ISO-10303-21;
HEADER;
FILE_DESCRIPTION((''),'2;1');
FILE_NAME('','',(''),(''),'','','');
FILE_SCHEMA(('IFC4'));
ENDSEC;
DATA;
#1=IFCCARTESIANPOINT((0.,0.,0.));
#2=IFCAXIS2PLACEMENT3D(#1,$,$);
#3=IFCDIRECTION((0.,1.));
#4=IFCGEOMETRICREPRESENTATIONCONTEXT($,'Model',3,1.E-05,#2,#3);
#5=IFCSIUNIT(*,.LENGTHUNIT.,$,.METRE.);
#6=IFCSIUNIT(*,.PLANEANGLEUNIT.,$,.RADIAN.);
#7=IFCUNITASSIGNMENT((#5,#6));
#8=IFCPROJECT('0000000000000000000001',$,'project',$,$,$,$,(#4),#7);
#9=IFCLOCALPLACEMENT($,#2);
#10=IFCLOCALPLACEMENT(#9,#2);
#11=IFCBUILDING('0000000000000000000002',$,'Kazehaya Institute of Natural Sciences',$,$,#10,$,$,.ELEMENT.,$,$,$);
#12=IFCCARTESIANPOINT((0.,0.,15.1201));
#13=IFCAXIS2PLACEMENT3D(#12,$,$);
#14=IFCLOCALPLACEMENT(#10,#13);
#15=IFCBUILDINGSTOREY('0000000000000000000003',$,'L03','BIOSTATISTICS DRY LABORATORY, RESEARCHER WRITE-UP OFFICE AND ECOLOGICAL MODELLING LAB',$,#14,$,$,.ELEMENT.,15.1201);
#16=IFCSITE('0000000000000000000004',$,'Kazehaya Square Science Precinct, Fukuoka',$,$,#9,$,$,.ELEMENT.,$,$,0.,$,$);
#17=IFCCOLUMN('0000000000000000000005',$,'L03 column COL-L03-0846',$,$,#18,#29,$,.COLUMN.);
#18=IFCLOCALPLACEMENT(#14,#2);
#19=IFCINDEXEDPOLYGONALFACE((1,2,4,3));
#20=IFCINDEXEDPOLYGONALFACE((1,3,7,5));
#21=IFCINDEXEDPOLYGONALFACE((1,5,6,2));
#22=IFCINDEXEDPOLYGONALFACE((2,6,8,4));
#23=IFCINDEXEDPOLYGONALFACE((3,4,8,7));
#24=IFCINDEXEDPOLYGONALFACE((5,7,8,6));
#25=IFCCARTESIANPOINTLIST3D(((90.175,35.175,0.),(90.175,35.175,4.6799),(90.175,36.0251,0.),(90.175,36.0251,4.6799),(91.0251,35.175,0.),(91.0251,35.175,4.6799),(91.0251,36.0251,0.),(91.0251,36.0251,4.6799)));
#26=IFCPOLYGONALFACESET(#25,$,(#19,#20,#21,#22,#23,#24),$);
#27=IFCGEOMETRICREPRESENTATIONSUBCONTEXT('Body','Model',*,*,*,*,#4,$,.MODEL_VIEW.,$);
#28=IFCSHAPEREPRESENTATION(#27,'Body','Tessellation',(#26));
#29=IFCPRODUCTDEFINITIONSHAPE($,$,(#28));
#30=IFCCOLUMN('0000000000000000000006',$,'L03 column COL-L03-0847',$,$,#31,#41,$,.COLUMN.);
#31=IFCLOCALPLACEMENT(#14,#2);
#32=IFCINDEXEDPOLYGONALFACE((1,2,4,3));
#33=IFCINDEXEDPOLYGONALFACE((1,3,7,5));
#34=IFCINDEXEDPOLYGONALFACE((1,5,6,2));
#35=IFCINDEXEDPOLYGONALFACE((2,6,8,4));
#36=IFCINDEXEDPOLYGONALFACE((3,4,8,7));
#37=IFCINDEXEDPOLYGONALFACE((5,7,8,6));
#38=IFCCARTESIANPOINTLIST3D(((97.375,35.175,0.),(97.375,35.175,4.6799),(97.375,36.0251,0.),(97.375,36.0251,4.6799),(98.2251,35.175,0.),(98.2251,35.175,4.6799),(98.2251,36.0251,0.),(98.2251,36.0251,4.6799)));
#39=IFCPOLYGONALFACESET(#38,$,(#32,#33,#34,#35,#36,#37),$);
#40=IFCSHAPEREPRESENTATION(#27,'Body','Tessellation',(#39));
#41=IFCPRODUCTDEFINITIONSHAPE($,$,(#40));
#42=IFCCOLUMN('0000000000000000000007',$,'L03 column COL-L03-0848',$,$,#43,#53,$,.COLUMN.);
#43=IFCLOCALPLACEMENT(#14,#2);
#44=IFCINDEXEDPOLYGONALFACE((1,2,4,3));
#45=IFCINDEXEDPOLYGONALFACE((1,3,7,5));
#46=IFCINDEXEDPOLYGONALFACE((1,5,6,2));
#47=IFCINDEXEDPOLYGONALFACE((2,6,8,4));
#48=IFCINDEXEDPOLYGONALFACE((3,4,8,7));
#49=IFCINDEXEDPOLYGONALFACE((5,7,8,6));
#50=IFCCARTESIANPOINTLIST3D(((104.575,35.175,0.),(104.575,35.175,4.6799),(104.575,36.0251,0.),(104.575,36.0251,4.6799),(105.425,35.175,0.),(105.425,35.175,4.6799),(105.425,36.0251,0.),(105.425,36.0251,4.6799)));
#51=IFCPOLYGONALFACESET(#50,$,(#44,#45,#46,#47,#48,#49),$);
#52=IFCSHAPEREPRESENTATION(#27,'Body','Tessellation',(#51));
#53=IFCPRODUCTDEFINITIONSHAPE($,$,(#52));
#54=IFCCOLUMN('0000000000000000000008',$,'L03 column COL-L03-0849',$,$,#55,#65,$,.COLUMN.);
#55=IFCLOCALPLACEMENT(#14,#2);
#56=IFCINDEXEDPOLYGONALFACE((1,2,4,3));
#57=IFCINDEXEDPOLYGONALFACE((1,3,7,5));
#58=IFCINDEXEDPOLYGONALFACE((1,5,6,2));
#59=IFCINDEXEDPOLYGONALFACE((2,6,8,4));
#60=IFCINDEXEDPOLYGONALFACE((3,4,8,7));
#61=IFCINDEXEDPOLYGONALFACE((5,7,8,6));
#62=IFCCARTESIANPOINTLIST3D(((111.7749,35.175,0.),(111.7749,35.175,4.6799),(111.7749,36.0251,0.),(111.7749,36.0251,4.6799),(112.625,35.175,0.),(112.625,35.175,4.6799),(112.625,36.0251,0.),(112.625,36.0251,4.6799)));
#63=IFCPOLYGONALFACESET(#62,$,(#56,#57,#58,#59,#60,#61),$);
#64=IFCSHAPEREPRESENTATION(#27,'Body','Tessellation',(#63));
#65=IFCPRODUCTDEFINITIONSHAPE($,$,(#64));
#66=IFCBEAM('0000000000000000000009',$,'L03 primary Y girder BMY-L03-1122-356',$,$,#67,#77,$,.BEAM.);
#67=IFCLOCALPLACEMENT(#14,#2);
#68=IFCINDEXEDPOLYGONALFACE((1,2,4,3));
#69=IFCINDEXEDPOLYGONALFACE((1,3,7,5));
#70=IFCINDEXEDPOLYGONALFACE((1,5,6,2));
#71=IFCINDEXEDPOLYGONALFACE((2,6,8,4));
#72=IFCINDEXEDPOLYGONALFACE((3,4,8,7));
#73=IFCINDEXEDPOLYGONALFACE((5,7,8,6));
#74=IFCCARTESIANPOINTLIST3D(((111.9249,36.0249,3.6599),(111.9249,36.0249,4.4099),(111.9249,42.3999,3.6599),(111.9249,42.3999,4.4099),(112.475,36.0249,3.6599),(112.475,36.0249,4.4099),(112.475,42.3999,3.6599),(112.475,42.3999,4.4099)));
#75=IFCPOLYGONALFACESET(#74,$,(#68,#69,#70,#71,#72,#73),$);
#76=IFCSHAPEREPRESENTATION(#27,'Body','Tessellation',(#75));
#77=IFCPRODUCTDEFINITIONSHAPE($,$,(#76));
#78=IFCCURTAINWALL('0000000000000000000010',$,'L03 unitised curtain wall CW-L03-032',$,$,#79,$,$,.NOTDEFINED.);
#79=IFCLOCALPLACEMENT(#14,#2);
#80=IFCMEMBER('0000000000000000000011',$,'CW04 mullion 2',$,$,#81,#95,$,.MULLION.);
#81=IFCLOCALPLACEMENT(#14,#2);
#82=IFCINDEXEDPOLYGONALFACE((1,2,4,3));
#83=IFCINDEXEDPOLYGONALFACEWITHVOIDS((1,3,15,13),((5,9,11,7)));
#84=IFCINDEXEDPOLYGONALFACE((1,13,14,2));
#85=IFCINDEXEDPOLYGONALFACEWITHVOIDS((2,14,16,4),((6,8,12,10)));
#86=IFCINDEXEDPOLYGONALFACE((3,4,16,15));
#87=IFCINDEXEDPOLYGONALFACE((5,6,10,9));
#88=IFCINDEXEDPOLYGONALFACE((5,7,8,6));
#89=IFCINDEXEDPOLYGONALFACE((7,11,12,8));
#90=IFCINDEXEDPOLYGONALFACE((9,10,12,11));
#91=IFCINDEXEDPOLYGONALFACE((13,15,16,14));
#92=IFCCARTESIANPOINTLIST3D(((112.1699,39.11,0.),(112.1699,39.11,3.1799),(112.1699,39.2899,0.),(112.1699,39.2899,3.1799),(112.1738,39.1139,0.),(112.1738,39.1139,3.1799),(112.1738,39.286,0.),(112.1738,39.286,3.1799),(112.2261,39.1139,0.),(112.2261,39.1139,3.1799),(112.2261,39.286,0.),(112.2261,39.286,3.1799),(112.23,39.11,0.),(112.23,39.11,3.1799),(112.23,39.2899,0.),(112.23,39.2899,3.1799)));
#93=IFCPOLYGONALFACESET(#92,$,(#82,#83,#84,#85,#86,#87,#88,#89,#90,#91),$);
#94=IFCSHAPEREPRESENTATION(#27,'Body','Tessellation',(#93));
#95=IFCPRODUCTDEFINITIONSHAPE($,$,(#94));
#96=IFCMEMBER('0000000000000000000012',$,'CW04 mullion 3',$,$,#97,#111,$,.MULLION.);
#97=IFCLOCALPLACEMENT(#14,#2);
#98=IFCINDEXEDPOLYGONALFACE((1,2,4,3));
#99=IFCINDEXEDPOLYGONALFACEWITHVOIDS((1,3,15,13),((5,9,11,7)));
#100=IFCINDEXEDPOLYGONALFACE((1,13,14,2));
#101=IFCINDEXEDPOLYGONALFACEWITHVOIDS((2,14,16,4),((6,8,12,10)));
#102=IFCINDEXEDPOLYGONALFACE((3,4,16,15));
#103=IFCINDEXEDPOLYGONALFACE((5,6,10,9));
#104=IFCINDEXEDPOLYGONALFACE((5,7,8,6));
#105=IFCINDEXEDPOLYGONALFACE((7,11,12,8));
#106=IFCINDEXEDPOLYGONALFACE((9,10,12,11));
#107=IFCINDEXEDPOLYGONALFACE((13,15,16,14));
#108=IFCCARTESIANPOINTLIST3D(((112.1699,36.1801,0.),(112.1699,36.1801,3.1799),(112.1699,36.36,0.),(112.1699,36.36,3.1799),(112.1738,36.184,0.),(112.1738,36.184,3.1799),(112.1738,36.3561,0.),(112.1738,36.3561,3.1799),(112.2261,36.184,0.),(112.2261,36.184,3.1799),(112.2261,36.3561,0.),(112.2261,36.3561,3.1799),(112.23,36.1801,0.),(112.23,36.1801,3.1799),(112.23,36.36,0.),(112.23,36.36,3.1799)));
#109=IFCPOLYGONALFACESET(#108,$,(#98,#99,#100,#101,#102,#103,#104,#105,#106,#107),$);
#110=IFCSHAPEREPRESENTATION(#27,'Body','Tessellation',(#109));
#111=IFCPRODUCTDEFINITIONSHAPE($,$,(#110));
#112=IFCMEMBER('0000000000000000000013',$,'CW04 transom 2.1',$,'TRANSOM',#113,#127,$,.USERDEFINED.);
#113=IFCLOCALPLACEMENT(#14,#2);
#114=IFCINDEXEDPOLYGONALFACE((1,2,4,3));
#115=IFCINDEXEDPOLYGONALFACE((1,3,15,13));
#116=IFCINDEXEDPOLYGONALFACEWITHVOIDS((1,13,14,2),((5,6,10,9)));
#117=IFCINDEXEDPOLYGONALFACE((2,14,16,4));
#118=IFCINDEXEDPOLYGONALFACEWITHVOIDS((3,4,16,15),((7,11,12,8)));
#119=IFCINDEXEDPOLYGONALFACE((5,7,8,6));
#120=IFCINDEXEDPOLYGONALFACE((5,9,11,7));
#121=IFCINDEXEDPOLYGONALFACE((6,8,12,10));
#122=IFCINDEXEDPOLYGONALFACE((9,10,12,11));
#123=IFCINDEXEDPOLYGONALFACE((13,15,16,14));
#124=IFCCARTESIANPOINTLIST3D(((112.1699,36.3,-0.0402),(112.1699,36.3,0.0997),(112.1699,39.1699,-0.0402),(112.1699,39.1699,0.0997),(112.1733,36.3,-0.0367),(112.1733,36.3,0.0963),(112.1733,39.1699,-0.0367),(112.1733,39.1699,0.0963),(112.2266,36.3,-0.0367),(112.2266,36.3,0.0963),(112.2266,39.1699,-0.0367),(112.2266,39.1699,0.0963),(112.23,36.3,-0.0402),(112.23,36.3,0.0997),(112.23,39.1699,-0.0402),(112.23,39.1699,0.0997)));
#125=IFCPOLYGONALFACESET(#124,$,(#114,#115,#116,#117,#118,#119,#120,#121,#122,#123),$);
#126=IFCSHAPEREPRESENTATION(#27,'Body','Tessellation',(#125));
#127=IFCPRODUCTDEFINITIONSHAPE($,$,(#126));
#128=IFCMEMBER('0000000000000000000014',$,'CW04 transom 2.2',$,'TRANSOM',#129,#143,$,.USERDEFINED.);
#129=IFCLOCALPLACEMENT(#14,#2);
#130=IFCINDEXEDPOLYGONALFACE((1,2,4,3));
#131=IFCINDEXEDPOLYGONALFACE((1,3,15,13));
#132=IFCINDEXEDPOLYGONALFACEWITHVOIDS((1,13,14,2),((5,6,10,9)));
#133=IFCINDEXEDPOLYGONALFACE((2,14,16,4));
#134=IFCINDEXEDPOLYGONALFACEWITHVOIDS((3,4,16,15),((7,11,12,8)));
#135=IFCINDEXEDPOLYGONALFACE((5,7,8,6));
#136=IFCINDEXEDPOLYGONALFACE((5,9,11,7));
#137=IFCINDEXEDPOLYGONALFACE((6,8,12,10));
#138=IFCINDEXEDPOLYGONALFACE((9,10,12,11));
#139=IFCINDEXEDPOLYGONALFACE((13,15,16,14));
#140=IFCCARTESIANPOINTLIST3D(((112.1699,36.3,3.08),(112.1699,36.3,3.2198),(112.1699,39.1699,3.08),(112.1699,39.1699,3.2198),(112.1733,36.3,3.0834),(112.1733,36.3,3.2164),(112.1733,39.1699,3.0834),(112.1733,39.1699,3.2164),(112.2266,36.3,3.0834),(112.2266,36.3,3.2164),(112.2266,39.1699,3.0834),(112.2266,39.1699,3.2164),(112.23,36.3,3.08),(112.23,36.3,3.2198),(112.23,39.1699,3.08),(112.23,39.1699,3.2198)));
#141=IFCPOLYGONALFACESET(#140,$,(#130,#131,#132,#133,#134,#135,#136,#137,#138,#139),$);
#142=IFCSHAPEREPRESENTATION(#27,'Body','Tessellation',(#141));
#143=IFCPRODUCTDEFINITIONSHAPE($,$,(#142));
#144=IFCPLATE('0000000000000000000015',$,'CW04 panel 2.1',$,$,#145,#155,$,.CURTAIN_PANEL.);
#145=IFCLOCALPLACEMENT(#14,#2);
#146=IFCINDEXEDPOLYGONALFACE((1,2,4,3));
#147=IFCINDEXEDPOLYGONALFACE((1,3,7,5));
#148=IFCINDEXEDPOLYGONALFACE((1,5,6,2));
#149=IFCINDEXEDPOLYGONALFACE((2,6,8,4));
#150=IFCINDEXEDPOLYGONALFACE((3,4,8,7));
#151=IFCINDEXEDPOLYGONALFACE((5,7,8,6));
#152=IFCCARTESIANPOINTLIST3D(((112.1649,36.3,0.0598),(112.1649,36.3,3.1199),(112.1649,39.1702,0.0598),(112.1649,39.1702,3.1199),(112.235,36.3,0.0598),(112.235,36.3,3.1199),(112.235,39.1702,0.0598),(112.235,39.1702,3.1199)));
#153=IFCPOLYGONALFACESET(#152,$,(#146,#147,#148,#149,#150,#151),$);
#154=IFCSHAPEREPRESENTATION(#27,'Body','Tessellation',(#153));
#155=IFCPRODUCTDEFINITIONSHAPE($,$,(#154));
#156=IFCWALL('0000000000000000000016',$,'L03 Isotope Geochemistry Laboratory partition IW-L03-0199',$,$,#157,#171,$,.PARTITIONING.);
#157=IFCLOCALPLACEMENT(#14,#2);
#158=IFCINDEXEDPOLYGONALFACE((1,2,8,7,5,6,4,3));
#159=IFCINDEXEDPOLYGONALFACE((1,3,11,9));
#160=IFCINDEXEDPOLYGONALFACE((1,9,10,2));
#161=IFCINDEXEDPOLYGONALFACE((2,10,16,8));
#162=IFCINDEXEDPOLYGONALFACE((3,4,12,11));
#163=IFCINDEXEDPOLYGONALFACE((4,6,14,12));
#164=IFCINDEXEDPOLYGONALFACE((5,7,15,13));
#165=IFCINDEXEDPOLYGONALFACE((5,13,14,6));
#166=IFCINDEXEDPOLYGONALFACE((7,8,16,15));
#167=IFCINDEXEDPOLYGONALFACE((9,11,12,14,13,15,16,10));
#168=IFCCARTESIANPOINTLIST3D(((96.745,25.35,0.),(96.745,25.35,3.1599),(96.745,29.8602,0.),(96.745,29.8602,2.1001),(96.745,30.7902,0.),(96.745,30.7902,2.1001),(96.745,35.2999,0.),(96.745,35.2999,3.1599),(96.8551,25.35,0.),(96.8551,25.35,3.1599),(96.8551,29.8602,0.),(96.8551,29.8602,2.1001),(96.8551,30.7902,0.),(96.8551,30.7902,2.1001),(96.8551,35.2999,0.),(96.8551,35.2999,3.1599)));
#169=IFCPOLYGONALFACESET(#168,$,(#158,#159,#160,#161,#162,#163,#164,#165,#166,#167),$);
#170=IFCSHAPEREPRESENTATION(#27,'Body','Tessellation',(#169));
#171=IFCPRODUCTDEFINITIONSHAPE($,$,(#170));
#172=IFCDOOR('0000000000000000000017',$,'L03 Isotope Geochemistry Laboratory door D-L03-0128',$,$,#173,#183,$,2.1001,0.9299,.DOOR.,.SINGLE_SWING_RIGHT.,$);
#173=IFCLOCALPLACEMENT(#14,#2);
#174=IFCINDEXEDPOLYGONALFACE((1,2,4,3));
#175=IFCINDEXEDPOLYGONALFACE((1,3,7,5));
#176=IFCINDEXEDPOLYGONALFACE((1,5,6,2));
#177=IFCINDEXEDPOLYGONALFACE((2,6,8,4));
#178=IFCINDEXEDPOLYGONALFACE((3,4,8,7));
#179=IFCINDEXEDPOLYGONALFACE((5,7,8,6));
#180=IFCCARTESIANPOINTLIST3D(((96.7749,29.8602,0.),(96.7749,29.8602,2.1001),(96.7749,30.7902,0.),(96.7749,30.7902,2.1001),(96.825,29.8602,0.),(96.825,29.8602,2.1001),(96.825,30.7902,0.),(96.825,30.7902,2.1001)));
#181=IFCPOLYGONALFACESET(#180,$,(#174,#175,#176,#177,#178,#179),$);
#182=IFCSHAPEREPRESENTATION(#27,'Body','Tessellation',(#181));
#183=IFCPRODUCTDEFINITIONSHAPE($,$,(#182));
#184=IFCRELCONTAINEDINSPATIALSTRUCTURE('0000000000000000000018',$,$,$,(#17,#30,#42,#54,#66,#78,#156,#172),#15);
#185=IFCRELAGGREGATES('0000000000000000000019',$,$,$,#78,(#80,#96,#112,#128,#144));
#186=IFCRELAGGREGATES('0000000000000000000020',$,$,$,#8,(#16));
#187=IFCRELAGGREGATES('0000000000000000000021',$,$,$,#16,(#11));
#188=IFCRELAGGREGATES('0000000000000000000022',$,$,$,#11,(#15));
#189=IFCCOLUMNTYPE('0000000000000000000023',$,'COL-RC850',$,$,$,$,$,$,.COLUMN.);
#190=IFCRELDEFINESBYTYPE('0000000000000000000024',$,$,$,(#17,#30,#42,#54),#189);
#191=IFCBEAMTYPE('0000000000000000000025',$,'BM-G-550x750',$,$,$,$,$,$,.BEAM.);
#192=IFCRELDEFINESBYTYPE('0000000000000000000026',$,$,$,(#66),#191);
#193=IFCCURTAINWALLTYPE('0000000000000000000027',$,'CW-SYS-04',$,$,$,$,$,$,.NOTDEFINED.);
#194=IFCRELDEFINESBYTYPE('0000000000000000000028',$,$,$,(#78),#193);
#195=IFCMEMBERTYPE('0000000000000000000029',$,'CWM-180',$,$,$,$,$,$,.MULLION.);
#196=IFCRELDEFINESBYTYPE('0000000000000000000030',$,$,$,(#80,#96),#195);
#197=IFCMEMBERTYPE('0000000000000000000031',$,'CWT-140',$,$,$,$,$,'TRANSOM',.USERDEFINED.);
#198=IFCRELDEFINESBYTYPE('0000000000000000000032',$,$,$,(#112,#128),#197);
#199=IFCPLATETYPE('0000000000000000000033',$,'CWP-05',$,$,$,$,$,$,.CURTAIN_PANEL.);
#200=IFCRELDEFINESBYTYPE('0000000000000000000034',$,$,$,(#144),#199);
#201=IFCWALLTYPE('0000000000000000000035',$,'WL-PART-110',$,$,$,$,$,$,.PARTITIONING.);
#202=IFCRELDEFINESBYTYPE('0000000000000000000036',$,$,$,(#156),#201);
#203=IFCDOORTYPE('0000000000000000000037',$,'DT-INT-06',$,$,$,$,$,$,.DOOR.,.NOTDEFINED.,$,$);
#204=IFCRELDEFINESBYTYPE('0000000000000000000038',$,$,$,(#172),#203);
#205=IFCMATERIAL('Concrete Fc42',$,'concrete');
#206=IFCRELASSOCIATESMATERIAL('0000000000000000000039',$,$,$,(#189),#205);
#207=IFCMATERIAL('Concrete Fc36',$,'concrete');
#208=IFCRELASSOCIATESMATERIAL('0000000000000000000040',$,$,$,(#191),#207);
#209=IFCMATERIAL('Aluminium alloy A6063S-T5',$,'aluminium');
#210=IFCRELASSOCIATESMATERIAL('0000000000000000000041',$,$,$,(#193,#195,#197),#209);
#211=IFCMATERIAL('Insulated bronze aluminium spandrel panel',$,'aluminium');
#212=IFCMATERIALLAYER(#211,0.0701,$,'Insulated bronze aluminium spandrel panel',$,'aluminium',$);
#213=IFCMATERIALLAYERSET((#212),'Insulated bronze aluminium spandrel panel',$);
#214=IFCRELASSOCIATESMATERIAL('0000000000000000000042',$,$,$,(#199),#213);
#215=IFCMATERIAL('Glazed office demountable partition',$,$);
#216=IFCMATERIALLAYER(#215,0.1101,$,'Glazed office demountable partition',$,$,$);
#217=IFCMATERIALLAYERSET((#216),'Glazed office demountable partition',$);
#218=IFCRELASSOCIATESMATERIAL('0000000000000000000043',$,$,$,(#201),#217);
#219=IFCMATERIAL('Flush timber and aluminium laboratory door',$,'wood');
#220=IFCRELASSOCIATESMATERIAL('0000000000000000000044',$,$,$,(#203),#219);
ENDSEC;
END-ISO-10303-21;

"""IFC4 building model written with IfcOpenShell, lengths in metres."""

from ifc_helpers import new_model, si_unit, direction, frame, frame_2d, origin, origin_2d, place, context, subcontext, project, spatial, rectangle, hollow_rectangle, extrude, material, layer, layer_set, material_profile, profile_set, type_object, element, fill, aggregate, save


model = new_model("IFC4")

# Units and contexts
model_context = context("Model", 3, precision=1e-05, world=origin(), true_north=direction((0.0, 1.0)))
body_context = subcontext(model_context, "Body", "Model", "MODEL_VIEW")
ifc_project = project(units=[si_unit("LENGTHUNIT", "METRE"), si_unit("PLANEANGLEUNIT", "RADIAN")], contexts=[model_context])

# Site, building, storey
site_placement = place(None, origin())
site = spatial("IfcSite", under=ifc_project, at=site_placement, Name="Kazehaya Square Science Precinct, Fukuoka", CompositionType="ELEMENT", RefElevation=0.0)
building_placement = place(site_placement, origin())
building = spatial("IfcBuilding", under=site, at=building_placement, Name="Kazehaya Institute of Natural Sciences", CompositionType="ELEMENT")
storey_placement = place(building_placement, frame((0.0, 0.0, 15.1201)))
storey = spatial("IfcBuildingStorey", under=building, at=storey_placement, Name="L03", Description="BIOSTATISTICS DRY LABORATORY, RESEARCHER WRITE-UP OFFICE AND ECOLOGICAL MODELLING LAB", CompositionType="ELEMENT", Elevation=15.1201)

# Columns
ifc_material_1 = material(Name="Concrete Fc42", Category="concrete")
ifc_material_profile_1 = material_profile(ifc_material_1, rectangle(XDim=0.8501, YDim=0.8501, at=origin_2d()), Name="RC-850x850")
ifc_profile_set_1 = profile_set([ifc_material_profile_1], Name="Concrete Fc42")
column_type = type_object("IfcColumnType", Name="COL-RC850", PredefinedType="COLUMN", material=ifc_profile_set_1)
for number, where, z_axis, x_axis, name in (
    (1, (90.6001, 35.6001, 0.0), (0.0, 0.0, 1.0), (1.0, 0.0, 0.0), "L03 column COL-L03-0846"),
    (2, (97.8, 35.6001, 0.0), (0.0, 0.0, 1.0), (1.0, 0.0, 0.0), "L03 column COL-L03-0847"),
    (3, (105.0, 35.6001, 0.0), (0.0, 0.0, 1.0), (1.0, 0.0, 0.0), "L03 column COL-L03-0848"),
    (4, (112.2, 35.6001, 0.0), (0.0, 0.0, 1.0), (1.0, 0.0, 0.0), "L03 column COL-L03-0849"),
):
    element("IfcColumn", number, at=place(storey_placement, frame(where, z_axis=z_axis, x_axis=x_axis)), inside=storey, type_object=column_type, Name=name, PredefinedType="COLUMN", context=body_context, shape_type="SweptSolid", body=[
        extrude(rectangle(XDim=0.8501, YDim=0.8501, at=origin_2d()), origin(), (0.0, 0.0, 1.0), 4.6799),
    ])

# Beam
ifc_material_2 = material(Name="Concrete Fc36", Category="concrete")
ifc_material_profile_2 = material_profile(ifc_material_2, rectangle(XDim=0.55, YDim=0.75, at=origin_2d()), Name="RC-550x750")
ifc_profile_set_2 = profile_set([ifc_material_profile_2], Name="Concrete Fc36")
beam_type = type_object("IfcBeamType", Name="BM-G-550x750", PredefinedType="BEAM", material=ifc_profile_set_2)
beam_placement = place(storey_placement, frame((112.2, 36.0249, 4.0349), z_axis=(0.0, 1.0, 0.0), x_axis=(-1.0, 0.0, 0.0)))
element("IfcBeam", 5, at=beam_placement, inside=storey, type_object=beam_type, Name="L03 primary Y girder BMY-L03-1122-356", PredefinedType="BEAM", context=body_context, shape_type="SweptSolid", body=[
    extrude(rectangle(XDim=0.55, YDim=0.75, at=origin_2d()), origin(), (0.0, 0.0, 1.0), 6.375),
])

# Curtain wall, members, plate
ifc_material_3 = material(Name="Aluminium alloy A6063S-T5", Category="aluminium")
curtain_wall_type = type_object("IfcCurtainWallType", Name="CW-SYS-04", PredefinedType="NOTDEFINED", material=ifc_material_3)
curtain_wall_placement = place(storey_placement, origin())
curtain_wall = element("IfcCurtainWall", 6, at=curtain_wall_placement, inside=storey, type_object=curtain_wall_type, Name="L03 unitised curtain wall CW-L03-032", PredefinedType="NOTDEFINED")
ifc_material_profile_3 = material_profile(ifc_material_3, hollow_rectangle(XDim=0.0601, YDim=0.1799, WallThickness=0.0039, at=origin_2d()), Name="ALU-60x180x4")
ifc_profile_set_3 = profile_set([ifc_material_profile_3], Name="Aluminium alloy A6063S-T5")
member_type_1 = type_object("IfcMemberType", Name="CWM-180", PredefinedType="MULLION", material=ifc_profile_set_3)
member_1_placement = place(storey_placement, frame((112.2, 39.2, 0.0), z_axis=(0.0, 0.0, 1.0), x_axis=(1.0, 0.0, 0.0)))
member_1 = element("IfcMember", 7, at=member_1_placement, type_object=member_type_1, Name="CW04 mullion 2", PredefinedType="MULLION", context=body_context, shape_type="SweptSolid", body=[
    extrude(hollow_rectangle(XDim=0.0601, YDim=0.1799, WallThickness=0.0039, at=origin_2d()), origin(), (0.0, 0.0, 1.0), 3.1799),
])
member_2_placement = place(storey_placement, frame((112.2, 36.27, 0.0), z_axis=(0.0, 0.0, 1.0), x_axis=(1.0, 0.0, 0.0)))
member_2 = element("IfcMember", 8, at=member_2_placement, type_object=member_type_1, Name="CW04 mullion 3", PredefinedType="MULLION", context=body_context, shape_type="SweptSolid", body=[
    extrude(hollow_rectangle(XDim=0.0601, YDim=0.1799, WallThickness=0.0039, at=origin_2d()), origin(), (0.0, 0.0, 1.0), 3.1799),
])
ifc_material_profile_4 = material_profile(ifc_material_3, hollow_rectangle(XDim=0.0601, YDim=0.1399, WallThickness=0.0034, at=origin_2d()), Name="ALU-60x140x3.5")
ifc_profile_set_4 = profile_set([ifc_material_profile_4], Name="Aluminium alloy A6063S-T5")
member_type_2 = type_object("IfcMemberType", Name="CWT-140", ElementType="TRANSOM", PredefinedType="USERDEFINED", material=ifc_profile_set_4)
member_3_placement = place(storey_placement, frame((112.2, 39.1699, 0.0298), z_axis=(0.0, -1.0, 0.0), x_axis=(1.0, 0.0, 0.0)))
member_3 = element("IfcMember", 9, at=member_3_placement, type_object=member_type_2, Name="CW04 transom 2.1", ObjectType="TRANSOM", PredefinedType="USERDEFINED", context=body_context, shape_type="SweptSolid", body=[
    extrude(hollow_rectangle(XDim=0.0601, YDim=0.1399, WallThickness=0.0034, at=origin_2d()), origin(), (0.0, 0.0, 1.0), 2.8699),
])
member_4_placement = place(storey_placement, frame((112.2, 39.1699, 3.1499), z_axis=(0.0, -1.0, 0.0), x_axis=(1.0, 0.0, 0.0)))
member_4 = element("IfcMember", 10, at=member_4_placement, type_object=member_type_2, Name="CW04 transom 2.2", ObjectType="TRANSOM", PredefinedType="USERDEFINED", context=body_context, shape_type="SweptSolid", body=[
    extrude(hollow_rectangle(XDim=0.0601, YDim=0.1399, WallThickness=0.0034, at=origin_2d()), origin(), (0.0, 0.0, 1.0), 2.8699),
])
ifc_material_4 = material(Name="Insulated bronze aluminium spandrel panel", Category="aluminium")
ifc_layer_1 = layer(ifc_material_4, 0.0701, Name="Insulated bronze aluminium spandrel panel", Category="aluminium")
ifc_layer_set_1 = layer_set([ifc_layer_1], Name="Insulated bronze aluminium spandrel panel")
plate_type = type_object("IfcPlateType", Name="CWP-05", PredefinedType="CURTAIN_PANEL", material=ifc_layer_set_1)
plate_placement = place(storey_placement, frame((112.2, 37.7351, 0.0598), z_axis=(0.0, 0.0, 1.0), x_axis=(0.0, -1.0, 0.0)))
plate = element("IfcPlate", 11, at=plate_placement, type_object=plate_type, Name="CW04 panel 2.1", PredefinedType="CURTAIN_PANEL", context=body_context, shape_type="SweptSolid", body=[
    extrude(rectangle(XDim=2.8701, YDim=0.0701, at=origin_2d()), origin(), (0.0, 0.0, 1.0), 3.0601),
])
aggregate(curtain_wall, [member_1, member_2, member_3, member_4, plate])

# Wall, opening, door
ifc_material_5 = material(Name="Glazed office demountable partition")
ifc_layer_2 = layer(ifc_material_5, 0.1101, Name="Glazed office demountable partition")
ifc_layer_set_2 = layer_set([ifc_layer_2], Name="Glazed office demountable partition")
wall_type_1 = type_object("IfcWallType", Name="WL-PART-110", PredefinedType="PARTITIONING", material=ifc_layer_set_2)
wall_1_placement = place(storey_placement, frame((96.8, 35.3, 0.0), z_axis=(0.0, 0.0, 1.0), x_axis=(0.0, -1.0, 0.0)))
wall_1 = element("IfcWall", 12, at=wall_1_placement, inside=storey, type_object=wall_type_1, Name="L03 Isotope Geochemistry Laboratory partition IW-L03-0199", PredefinedType="PARTITIONING", context=body_context, shape_type="SweptSolid", body=[
    extrude(rectangle(XDim=9.95, YDim=0.1101, at=frame_2d((4.9751, 0.0))), origin(), (0.0, 0.0, 1.0), 3.1599),
])
opening_1_placement = place(wall_1_placement, frame((4.51, 0.0, 0.0)))
opening_1 = element("IfcOpeningElement", 13, at=opening_1_placement, cuts=wall_1, PredefinedType="OPENING", context=body_context, shape_type="SweptSolid", body=[
    extrude(rectangle(XDim=0.9299, YDim=2.1001, at=frame_2d((0.4648, 1.05))), frame((0.0, 0.0649, 0.0), z_axis=(0.0, -1.0, 0.0), x_axis=(1.0, 0.0, 0.0)), (0.0, 0.0, 1.0), 0.1301),
])
ifc_material_6 = material(Name="Flush timber and aluminium laboratory door", Category="wood")
door_type_1 = type_object("IfcDoorType", Name="DT-INT-06", OperationType="NOTDEFINED", PredefinedType="DOOR", material=ifc_material_6)
door_1_placement = place(opening_1_placement, origin())
door_1 = element("IfcDoor", 14, at=door_1_placement, inside=storey, type_object=door_type_1, Name="L03 Isotope Geochemistry Laboratory door D-L03-0128", OperationType="SINGLE_SWING_RIGHT", OverallHeight=2.1001, OverallWidth=0.9299, PredefinedType="DOOR", context=body_context, shape_type="SweptSolid", body=[
    extrude(rectangle(XDim=0.9299, YDim=2.1001, at=frame_2d((0.4648, 1.05))), frame((0.0, 0.0249, 0.0), z_axis=(0.0, -1.0, 0.0), x_axis=(1.0, 0.0, 0.0)), (0.0, 0.0, 1.0), 0.05),
])
fill(opening_1, door_1)

save(model, "model.ifc")
